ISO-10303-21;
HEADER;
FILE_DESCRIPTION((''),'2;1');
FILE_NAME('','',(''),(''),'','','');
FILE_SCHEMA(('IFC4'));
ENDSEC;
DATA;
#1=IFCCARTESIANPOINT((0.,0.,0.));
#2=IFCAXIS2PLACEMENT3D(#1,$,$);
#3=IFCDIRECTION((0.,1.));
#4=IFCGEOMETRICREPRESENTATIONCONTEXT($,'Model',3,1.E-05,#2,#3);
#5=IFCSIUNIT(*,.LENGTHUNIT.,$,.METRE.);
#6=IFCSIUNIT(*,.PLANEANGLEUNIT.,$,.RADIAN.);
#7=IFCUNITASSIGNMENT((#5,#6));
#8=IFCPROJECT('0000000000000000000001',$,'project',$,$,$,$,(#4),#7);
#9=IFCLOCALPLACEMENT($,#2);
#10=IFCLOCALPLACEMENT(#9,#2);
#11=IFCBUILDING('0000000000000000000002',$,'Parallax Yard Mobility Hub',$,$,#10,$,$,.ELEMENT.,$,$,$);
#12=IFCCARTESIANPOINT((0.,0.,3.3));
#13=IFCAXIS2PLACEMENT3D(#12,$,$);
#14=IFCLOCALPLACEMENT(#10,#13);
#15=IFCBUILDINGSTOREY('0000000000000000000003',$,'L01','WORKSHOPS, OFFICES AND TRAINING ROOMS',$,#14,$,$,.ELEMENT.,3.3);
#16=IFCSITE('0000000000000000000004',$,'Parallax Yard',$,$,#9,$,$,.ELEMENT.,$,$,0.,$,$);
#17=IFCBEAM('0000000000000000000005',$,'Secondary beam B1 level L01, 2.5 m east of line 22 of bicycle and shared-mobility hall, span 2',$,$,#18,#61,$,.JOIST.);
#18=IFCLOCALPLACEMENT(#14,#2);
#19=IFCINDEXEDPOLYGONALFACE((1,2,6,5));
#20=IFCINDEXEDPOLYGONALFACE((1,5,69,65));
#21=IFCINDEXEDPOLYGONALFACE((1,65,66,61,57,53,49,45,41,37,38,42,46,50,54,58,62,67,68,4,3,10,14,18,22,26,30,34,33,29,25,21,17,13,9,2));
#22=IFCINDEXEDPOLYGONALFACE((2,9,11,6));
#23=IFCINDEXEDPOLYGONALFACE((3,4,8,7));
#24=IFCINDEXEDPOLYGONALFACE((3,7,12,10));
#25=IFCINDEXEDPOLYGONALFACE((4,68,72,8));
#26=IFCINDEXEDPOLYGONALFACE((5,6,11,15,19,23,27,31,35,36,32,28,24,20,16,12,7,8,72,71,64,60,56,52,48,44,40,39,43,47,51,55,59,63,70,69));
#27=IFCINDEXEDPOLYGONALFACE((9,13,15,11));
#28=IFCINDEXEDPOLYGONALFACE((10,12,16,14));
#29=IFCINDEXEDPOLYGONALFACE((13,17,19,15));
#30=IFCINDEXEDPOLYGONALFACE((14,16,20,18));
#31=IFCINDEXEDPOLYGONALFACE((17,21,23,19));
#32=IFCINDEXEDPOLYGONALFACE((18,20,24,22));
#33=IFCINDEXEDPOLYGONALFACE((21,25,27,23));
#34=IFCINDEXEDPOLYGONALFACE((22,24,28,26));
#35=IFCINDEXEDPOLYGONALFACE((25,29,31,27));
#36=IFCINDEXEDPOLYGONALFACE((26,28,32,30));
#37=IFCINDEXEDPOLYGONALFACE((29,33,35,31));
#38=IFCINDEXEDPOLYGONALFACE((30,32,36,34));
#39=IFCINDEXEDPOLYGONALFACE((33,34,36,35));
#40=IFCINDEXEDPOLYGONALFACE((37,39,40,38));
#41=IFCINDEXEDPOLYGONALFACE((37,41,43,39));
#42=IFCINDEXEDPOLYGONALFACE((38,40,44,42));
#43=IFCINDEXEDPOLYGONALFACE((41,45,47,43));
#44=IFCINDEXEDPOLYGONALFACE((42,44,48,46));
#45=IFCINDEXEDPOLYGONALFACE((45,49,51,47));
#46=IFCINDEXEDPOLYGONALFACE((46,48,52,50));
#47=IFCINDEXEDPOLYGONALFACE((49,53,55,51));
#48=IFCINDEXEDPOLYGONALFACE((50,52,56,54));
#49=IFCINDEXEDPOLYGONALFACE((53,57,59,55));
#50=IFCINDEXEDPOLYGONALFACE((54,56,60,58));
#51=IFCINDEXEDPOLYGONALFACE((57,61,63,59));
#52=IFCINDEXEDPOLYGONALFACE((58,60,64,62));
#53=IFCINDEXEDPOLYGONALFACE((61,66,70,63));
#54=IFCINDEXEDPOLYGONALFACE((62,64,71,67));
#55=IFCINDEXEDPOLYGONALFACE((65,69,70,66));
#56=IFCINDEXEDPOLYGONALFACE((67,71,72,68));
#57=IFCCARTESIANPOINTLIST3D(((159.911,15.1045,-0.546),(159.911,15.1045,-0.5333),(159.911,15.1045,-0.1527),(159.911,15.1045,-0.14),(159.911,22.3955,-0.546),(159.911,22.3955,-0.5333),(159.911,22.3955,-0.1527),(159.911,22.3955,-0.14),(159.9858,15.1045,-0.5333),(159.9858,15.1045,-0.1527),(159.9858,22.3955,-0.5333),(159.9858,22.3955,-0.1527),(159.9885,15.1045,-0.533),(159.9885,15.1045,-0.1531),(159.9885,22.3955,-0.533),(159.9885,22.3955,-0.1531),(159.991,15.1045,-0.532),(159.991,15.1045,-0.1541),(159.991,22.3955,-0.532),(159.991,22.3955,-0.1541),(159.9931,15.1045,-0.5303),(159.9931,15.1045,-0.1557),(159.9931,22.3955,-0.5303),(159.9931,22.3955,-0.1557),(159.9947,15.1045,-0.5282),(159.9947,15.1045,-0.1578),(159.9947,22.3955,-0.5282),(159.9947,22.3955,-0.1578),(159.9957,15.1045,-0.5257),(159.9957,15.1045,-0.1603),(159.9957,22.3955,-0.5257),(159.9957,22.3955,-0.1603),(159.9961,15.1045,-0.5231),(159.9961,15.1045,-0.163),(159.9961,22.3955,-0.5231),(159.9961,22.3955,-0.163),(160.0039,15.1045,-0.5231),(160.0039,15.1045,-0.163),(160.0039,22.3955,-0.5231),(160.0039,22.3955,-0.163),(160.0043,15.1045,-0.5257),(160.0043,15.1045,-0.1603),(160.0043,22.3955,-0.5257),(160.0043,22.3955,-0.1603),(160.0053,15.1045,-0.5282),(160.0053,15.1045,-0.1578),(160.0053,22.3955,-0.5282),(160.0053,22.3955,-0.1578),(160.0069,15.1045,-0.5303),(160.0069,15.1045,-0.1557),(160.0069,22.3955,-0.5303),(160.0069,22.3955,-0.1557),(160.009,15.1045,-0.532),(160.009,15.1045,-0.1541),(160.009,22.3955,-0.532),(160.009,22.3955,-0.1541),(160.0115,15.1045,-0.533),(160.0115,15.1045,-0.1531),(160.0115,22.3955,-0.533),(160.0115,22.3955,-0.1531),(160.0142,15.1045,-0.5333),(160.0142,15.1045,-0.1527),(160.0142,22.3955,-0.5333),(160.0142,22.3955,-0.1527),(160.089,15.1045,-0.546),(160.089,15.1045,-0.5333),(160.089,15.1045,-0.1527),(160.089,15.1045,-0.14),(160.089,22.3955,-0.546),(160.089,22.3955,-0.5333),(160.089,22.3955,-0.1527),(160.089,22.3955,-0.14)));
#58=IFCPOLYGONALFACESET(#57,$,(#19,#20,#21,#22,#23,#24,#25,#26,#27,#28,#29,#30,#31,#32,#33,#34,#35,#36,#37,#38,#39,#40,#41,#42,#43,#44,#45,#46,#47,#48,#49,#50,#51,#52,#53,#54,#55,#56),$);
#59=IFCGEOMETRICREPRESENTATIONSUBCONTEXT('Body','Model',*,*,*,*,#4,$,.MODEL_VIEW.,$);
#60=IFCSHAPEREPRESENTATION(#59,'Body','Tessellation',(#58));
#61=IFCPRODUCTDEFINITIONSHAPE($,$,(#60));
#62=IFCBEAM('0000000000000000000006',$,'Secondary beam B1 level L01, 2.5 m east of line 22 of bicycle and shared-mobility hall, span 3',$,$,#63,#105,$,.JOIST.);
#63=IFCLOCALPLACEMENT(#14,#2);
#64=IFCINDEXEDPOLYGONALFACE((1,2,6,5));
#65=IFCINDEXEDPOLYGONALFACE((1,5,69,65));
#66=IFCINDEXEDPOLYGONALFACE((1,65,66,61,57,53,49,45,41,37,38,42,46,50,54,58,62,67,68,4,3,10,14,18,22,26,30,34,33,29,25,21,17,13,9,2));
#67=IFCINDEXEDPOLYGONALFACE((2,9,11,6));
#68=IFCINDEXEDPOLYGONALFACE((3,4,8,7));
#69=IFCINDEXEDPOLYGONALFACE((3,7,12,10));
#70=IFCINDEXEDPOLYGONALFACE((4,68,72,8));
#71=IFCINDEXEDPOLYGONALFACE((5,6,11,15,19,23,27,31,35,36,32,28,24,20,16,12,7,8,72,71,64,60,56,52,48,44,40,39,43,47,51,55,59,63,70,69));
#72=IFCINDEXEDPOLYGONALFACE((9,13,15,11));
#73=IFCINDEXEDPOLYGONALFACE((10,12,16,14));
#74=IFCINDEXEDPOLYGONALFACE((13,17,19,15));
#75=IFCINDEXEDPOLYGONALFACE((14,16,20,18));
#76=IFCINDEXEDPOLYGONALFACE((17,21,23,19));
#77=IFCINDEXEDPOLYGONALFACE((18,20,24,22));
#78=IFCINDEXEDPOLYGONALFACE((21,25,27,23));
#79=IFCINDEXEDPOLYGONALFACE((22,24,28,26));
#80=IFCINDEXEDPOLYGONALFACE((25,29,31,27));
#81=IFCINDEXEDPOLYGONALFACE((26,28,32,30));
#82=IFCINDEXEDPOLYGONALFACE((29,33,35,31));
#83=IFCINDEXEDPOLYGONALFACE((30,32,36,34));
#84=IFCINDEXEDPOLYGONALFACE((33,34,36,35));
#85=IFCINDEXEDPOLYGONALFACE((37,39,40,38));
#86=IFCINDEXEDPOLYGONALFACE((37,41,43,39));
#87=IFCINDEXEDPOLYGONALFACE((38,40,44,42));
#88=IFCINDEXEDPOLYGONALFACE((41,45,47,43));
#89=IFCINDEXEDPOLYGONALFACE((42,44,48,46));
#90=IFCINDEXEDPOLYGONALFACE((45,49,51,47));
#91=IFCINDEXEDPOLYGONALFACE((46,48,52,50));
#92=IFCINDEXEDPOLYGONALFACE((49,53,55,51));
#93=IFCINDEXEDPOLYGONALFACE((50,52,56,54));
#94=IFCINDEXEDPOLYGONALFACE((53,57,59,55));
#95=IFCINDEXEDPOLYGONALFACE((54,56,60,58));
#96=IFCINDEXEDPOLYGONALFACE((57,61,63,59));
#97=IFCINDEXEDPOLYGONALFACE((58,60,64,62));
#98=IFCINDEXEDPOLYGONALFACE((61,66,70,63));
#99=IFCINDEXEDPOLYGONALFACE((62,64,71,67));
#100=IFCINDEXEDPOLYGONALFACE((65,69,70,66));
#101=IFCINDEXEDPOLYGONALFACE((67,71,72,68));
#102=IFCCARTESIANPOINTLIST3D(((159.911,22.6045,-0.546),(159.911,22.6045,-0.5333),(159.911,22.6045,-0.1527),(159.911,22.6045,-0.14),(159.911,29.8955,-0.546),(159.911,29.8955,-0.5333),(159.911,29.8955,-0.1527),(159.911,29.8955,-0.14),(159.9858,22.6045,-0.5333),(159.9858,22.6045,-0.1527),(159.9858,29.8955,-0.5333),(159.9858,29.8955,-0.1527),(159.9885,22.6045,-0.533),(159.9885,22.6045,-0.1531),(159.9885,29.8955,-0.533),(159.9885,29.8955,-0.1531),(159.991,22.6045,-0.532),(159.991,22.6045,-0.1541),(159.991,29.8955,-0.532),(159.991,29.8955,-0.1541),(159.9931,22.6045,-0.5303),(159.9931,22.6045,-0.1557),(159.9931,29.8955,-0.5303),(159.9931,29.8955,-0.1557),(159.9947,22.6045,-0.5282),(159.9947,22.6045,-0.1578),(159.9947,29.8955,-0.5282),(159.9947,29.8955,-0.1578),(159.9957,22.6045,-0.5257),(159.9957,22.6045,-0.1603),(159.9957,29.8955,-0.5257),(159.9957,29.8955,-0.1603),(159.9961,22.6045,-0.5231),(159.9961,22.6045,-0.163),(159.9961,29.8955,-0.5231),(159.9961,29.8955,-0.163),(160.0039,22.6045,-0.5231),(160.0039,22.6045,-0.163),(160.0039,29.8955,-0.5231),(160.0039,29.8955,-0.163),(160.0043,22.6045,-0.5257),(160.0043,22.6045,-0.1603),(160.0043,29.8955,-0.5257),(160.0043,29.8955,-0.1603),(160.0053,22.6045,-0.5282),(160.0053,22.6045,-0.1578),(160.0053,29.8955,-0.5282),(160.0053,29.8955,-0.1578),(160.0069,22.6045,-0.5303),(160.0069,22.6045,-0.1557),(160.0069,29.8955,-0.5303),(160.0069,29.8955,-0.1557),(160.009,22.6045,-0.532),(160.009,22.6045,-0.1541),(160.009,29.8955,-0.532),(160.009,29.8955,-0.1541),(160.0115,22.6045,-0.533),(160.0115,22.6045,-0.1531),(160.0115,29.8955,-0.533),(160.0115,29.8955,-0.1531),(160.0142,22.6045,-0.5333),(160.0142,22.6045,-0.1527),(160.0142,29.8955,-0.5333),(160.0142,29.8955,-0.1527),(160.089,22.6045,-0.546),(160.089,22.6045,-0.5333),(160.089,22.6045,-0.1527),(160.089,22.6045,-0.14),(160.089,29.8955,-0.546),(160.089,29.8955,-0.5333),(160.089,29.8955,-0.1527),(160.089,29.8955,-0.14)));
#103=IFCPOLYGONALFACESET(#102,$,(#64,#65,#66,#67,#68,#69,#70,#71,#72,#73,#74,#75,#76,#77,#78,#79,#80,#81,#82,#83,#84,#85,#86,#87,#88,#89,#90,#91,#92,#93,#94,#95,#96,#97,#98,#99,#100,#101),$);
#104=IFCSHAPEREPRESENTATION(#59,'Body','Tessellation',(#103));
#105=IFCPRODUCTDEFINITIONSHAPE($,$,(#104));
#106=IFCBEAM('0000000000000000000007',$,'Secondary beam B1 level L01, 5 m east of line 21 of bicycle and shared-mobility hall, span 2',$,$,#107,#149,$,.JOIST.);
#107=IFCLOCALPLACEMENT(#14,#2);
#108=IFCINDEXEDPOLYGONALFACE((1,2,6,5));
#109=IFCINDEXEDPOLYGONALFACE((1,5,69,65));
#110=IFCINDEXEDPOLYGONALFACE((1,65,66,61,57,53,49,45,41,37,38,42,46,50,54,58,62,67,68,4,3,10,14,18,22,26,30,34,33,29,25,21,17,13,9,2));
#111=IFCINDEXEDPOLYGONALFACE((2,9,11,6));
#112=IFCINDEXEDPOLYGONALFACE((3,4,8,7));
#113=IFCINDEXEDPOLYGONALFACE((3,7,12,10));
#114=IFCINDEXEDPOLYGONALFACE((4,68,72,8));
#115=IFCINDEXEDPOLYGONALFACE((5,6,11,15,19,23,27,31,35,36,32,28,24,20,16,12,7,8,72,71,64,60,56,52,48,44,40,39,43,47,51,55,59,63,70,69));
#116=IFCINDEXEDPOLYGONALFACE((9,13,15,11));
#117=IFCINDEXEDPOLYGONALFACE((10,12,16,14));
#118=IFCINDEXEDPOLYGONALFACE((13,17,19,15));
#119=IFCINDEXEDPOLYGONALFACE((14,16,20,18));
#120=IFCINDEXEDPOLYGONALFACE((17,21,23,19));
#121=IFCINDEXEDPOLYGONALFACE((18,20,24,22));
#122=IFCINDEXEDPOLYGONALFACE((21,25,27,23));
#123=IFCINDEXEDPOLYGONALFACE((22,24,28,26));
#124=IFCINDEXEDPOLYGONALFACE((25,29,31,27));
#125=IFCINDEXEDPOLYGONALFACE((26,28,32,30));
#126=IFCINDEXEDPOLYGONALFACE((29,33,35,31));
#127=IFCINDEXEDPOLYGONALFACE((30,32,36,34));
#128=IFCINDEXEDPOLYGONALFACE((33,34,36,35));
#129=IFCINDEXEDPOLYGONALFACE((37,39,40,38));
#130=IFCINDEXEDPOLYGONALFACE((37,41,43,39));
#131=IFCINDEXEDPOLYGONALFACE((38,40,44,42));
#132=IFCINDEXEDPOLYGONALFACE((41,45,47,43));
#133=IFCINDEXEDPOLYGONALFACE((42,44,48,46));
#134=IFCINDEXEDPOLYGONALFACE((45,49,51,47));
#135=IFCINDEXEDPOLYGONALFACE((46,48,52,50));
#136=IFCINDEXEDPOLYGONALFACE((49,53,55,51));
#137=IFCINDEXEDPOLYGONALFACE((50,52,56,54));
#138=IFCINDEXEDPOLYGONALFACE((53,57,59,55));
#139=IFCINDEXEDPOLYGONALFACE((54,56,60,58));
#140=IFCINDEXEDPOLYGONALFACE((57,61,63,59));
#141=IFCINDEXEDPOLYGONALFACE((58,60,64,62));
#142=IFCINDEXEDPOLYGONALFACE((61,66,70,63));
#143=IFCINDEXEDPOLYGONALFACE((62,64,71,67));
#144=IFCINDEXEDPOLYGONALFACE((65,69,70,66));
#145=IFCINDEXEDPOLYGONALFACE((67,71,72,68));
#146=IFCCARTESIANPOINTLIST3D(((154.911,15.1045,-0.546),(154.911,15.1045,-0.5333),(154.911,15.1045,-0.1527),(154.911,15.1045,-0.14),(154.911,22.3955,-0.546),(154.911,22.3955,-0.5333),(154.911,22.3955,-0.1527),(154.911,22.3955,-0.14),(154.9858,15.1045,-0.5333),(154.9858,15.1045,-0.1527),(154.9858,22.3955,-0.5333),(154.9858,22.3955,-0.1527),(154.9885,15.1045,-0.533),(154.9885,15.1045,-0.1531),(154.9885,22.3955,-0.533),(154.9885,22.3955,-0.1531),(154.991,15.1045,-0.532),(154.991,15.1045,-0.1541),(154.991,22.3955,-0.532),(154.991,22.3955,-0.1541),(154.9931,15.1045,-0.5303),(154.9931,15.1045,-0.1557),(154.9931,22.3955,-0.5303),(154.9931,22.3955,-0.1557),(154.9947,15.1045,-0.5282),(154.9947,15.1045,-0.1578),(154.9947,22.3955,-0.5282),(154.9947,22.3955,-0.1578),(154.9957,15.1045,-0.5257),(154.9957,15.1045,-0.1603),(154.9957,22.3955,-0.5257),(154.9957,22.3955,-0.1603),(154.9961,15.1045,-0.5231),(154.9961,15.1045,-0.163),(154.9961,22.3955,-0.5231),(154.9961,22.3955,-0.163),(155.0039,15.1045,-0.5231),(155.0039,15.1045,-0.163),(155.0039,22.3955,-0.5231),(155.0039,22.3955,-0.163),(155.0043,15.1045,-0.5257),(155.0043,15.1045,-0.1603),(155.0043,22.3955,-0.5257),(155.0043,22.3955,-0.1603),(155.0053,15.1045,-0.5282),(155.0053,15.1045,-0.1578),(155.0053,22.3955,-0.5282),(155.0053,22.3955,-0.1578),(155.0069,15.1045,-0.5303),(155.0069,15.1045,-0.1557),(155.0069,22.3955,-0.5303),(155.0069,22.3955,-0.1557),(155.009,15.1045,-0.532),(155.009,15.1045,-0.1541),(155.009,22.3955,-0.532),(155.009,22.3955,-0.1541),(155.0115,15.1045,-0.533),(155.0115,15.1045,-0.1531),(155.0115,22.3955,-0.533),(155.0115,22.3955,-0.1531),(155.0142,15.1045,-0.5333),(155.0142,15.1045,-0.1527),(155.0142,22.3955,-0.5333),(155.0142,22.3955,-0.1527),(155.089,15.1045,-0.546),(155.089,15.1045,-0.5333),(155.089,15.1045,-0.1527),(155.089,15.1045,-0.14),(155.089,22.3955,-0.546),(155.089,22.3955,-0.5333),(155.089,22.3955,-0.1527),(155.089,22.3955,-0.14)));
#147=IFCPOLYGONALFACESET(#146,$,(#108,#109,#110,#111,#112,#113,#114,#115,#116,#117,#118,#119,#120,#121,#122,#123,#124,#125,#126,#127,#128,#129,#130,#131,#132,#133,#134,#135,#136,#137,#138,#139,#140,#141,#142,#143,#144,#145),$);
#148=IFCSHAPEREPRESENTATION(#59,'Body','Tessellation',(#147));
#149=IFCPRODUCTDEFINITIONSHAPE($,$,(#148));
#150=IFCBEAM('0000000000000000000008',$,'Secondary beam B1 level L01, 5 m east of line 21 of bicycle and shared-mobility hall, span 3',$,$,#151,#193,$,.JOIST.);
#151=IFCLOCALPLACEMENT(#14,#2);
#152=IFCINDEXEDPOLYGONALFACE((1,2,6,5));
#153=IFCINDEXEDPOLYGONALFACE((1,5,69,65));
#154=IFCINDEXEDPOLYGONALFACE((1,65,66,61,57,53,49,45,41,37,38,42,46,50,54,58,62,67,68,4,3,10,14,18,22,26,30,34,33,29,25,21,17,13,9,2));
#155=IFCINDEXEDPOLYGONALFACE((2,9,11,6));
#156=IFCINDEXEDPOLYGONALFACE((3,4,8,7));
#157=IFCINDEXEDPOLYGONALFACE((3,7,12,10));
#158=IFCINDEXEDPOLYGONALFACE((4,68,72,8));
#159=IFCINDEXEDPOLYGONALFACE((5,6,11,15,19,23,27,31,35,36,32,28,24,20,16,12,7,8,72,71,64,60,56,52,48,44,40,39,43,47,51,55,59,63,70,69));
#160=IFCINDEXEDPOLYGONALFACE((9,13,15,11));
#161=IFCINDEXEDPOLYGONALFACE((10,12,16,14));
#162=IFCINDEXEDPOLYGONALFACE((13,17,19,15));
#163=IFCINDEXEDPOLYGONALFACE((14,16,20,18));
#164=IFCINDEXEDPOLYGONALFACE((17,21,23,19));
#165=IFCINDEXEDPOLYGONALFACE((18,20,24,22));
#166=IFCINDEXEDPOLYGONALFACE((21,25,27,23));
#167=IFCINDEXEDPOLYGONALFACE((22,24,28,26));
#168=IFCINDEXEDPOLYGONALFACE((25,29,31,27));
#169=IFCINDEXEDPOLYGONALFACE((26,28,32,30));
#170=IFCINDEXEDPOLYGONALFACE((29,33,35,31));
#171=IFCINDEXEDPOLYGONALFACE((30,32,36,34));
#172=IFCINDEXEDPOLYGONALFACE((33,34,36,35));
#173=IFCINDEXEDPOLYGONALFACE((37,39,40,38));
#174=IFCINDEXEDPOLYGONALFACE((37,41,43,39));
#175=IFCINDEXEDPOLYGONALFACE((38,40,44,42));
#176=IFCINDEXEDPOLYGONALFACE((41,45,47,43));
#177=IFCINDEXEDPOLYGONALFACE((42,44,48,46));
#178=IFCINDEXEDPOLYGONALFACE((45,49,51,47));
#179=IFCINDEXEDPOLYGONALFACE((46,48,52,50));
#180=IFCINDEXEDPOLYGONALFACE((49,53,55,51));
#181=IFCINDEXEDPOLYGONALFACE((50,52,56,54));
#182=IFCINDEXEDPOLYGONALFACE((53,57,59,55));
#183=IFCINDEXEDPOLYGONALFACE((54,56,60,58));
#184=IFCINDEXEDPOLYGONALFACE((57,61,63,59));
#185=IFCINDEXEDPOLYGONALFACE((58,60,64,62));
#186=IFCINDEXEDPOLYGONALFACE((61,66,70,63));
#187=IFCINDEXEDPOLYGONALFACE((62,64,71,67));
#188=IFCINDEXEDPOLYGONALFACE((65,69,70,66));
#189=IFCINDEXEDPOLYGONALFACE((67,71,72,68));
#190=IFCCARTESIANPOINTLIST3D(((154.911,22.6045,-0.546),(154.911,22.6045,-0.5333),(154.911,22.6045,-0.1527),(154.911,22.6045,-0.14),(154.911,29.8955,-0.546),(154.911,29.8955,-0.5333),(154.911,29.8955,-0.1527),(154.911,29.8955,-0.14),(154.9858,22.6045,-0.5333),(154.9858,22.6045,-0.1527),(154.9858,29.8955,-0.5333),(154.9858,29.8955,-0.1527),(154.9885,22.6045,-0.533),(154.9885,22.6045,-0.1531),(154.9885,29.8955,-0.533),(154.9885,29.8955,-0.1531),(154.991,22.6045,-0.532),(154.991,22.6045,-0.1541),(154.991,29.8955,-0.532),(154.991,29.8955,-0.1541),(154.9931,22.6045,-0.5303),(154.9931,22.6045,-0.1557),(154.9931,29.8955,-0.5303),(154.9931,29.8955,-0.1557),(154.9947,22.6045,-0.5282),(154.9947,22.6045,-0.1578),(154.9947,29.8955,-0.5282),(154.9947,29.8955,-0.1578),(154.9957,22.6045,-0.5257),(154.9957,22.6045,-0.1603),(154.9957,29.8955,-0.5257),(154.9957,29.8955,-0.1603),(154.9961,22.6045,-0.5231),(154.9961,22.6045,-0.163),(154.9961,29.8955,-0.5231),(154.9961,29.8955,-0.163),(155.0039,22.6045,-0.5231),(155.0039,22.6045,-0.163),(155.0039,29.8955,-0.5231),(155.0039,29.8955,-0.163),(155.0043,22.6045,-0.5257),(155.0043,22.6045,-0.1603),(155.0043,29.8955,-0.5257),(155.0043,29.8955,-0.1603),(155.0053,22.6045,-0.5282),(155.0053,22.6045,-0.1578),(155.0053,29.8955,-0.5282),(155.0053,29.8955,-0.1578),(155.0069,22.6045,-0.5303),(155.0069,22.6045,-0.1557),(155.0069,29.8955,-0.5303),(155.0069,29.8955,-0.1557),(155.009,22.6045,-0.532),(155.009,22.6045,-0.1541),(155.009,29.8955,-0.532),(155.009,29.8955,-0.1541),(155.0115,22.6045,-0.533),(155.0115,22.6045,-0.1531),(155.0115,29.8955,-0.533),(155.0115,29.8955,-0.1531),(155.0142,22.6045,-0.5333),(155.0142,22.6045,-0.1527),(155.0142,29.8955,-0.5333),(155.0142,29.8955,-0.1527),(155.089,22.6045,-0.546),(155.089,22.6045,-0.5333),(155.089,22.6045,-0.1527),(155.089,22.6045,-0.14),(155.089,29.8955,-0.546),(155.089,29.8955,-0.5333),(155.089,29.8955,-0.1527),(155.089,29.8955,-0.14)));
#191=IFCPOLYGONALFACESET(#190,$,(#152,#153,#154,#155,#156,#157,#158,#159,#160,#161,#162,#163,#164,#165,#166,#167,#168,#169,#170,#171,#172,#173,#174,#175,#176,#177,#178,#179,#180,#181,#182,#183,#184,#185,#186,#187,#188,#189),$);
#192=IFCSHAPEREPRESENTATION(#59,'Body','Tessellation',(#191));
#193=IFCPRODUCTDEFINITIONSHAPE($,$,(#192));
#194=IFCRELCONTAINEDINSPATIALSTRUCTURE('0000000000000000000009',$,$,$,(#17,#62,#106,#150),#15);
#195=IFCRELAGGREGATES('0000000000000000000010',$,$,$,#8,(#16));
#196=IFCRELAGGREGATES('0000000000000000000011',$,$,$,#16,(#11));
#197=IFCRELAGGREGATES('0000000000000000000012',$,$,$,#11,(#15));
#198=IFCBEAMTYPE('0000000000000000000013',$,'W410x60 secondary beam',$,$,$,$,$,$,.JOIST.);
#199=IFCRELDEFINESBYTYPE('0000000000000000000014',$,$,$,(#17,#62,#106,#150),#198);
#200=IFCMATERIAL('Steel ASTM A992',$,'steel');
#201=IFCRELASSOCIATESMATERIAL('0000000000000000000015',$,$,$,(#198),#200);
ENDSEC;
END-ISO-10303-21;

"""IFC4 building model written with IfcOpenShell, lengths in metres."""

from ifc_helpers import new_model, si_unit, direction, frame, origin, origin_2d, place, context, subcontext, project, spatial, i_section, extrude, material, material_profile, profile_set, type_object, element, save


model = new_model("IFC4")

# Units and contexts
model_context = context("Model", 3, precision=1e-05, world=origin(), true_north=direction((0.0, 1.0)))
body_context = subcontext(model_context, "Body", "Model", "MODEL_VIEW")
ifc_project = project(units=[si_unit("LENGTHUNIT", "METRE"), si_unit("PLANEANGLEUNIT", "RADIAN")], contexts=[model_context])

# Site, building, storey
site_placement = place(None, origin())
site = spatial("IfcSite", under=ifc_project, at=site_placement, Name="Parallax Yard", CompositionType="ELEMENT", RefElevation=0.0)
building_placement = place(site_placement, origin())
building = spatial("IfcBuilding", under=site, at=building_placement, Name="Parallax Yard Mobility Hub", CompositionType="ELEMENT")
storey_placement = place(building_placement, frame((0.0, 0.0, 3.3)))
storey = spatial("IfcBuildingStorey", under=building, at=storey_placement, Name="L01", Description="WORKSHOPS, OFFICES AND TRAINING ROOMS", CompositionType="ELEMENT", Elevation=3.3)

# Shared definitions
ifc_material_1 = material(Name="Steel ASTM A992", Category="steel")

# Beams
ifc_material_profile_1 = material_profile(ifc_material_1, i_section(OverallWidth=0.178, OverallDepth=0.406, WebThickness=0.0078, FlangeThickness=0.0127, FilletRadius=0.0103, at=origin_2d()), Name="W410x60")
ifc_profile_set_1 = profile_set([ifc_material_profile_1], Name="Steel ASTM A992")
beam_type_1 = type_object("IfcBeamType", Name="W410x60 secondary beam", PredefinedType="JOIST", material=ifc_profile_set_1)
for number, where, z_axis, x_axis, name in (
    (1, (160.0, 15.1045, -0.343), (0.0, 1.0, 0.0), (-1.0, 0.0, 0.0), "Secondary beam B1 level L01, 2.5 m east of line 22 of bicycle and shared-mobility hall, span 2"),
    (2, (160.0, 22.6045, -0.343), (0.0, 1.0, 0.0), (-1.0, 0.0, 0.0), "Secondary beam B1 level L01, 2.5 m east of line 22 of bicycle and shared-mobility hall, span 3"),
    (3, (155.0, 15.1045, -0.343), (0.0, 1.0, 0.0), (-1.0, 0.0, 0.0), "Secondary beam B1 level L01, 5 m east of line 21 of bicycle and shared-mobility hall, span 2"),
    (4, (155.0, 22.6045, -0.343), (0.0, 1.0, 0.0), (-1.0, 0.0, 0.0), "Secondary beam B1 level L01, 5 m east of line 21 of bicycle and shared-mobility hall, span 3"),
):
    element("IfcBeam", number, at=place(storey_placement, frame(where, z_axis=z_axis, x_axis=x_axis)), inside=storey, type_object=beam_type_1, Name=name, PredefinedType="JOIST", context=body_context, shape_type="SweptSolid", body=[
        extrude(i_section(OverallWidth=0.178, OverallDepth=0.406, WebThickness=0.0078, FlangeThickness=0.0127, FilletRadius=0.0103, at=origin_2d()), origin(), (0.0, 0.0, 1.0), 7.291),
    ])

save(model, "model.ifc")
